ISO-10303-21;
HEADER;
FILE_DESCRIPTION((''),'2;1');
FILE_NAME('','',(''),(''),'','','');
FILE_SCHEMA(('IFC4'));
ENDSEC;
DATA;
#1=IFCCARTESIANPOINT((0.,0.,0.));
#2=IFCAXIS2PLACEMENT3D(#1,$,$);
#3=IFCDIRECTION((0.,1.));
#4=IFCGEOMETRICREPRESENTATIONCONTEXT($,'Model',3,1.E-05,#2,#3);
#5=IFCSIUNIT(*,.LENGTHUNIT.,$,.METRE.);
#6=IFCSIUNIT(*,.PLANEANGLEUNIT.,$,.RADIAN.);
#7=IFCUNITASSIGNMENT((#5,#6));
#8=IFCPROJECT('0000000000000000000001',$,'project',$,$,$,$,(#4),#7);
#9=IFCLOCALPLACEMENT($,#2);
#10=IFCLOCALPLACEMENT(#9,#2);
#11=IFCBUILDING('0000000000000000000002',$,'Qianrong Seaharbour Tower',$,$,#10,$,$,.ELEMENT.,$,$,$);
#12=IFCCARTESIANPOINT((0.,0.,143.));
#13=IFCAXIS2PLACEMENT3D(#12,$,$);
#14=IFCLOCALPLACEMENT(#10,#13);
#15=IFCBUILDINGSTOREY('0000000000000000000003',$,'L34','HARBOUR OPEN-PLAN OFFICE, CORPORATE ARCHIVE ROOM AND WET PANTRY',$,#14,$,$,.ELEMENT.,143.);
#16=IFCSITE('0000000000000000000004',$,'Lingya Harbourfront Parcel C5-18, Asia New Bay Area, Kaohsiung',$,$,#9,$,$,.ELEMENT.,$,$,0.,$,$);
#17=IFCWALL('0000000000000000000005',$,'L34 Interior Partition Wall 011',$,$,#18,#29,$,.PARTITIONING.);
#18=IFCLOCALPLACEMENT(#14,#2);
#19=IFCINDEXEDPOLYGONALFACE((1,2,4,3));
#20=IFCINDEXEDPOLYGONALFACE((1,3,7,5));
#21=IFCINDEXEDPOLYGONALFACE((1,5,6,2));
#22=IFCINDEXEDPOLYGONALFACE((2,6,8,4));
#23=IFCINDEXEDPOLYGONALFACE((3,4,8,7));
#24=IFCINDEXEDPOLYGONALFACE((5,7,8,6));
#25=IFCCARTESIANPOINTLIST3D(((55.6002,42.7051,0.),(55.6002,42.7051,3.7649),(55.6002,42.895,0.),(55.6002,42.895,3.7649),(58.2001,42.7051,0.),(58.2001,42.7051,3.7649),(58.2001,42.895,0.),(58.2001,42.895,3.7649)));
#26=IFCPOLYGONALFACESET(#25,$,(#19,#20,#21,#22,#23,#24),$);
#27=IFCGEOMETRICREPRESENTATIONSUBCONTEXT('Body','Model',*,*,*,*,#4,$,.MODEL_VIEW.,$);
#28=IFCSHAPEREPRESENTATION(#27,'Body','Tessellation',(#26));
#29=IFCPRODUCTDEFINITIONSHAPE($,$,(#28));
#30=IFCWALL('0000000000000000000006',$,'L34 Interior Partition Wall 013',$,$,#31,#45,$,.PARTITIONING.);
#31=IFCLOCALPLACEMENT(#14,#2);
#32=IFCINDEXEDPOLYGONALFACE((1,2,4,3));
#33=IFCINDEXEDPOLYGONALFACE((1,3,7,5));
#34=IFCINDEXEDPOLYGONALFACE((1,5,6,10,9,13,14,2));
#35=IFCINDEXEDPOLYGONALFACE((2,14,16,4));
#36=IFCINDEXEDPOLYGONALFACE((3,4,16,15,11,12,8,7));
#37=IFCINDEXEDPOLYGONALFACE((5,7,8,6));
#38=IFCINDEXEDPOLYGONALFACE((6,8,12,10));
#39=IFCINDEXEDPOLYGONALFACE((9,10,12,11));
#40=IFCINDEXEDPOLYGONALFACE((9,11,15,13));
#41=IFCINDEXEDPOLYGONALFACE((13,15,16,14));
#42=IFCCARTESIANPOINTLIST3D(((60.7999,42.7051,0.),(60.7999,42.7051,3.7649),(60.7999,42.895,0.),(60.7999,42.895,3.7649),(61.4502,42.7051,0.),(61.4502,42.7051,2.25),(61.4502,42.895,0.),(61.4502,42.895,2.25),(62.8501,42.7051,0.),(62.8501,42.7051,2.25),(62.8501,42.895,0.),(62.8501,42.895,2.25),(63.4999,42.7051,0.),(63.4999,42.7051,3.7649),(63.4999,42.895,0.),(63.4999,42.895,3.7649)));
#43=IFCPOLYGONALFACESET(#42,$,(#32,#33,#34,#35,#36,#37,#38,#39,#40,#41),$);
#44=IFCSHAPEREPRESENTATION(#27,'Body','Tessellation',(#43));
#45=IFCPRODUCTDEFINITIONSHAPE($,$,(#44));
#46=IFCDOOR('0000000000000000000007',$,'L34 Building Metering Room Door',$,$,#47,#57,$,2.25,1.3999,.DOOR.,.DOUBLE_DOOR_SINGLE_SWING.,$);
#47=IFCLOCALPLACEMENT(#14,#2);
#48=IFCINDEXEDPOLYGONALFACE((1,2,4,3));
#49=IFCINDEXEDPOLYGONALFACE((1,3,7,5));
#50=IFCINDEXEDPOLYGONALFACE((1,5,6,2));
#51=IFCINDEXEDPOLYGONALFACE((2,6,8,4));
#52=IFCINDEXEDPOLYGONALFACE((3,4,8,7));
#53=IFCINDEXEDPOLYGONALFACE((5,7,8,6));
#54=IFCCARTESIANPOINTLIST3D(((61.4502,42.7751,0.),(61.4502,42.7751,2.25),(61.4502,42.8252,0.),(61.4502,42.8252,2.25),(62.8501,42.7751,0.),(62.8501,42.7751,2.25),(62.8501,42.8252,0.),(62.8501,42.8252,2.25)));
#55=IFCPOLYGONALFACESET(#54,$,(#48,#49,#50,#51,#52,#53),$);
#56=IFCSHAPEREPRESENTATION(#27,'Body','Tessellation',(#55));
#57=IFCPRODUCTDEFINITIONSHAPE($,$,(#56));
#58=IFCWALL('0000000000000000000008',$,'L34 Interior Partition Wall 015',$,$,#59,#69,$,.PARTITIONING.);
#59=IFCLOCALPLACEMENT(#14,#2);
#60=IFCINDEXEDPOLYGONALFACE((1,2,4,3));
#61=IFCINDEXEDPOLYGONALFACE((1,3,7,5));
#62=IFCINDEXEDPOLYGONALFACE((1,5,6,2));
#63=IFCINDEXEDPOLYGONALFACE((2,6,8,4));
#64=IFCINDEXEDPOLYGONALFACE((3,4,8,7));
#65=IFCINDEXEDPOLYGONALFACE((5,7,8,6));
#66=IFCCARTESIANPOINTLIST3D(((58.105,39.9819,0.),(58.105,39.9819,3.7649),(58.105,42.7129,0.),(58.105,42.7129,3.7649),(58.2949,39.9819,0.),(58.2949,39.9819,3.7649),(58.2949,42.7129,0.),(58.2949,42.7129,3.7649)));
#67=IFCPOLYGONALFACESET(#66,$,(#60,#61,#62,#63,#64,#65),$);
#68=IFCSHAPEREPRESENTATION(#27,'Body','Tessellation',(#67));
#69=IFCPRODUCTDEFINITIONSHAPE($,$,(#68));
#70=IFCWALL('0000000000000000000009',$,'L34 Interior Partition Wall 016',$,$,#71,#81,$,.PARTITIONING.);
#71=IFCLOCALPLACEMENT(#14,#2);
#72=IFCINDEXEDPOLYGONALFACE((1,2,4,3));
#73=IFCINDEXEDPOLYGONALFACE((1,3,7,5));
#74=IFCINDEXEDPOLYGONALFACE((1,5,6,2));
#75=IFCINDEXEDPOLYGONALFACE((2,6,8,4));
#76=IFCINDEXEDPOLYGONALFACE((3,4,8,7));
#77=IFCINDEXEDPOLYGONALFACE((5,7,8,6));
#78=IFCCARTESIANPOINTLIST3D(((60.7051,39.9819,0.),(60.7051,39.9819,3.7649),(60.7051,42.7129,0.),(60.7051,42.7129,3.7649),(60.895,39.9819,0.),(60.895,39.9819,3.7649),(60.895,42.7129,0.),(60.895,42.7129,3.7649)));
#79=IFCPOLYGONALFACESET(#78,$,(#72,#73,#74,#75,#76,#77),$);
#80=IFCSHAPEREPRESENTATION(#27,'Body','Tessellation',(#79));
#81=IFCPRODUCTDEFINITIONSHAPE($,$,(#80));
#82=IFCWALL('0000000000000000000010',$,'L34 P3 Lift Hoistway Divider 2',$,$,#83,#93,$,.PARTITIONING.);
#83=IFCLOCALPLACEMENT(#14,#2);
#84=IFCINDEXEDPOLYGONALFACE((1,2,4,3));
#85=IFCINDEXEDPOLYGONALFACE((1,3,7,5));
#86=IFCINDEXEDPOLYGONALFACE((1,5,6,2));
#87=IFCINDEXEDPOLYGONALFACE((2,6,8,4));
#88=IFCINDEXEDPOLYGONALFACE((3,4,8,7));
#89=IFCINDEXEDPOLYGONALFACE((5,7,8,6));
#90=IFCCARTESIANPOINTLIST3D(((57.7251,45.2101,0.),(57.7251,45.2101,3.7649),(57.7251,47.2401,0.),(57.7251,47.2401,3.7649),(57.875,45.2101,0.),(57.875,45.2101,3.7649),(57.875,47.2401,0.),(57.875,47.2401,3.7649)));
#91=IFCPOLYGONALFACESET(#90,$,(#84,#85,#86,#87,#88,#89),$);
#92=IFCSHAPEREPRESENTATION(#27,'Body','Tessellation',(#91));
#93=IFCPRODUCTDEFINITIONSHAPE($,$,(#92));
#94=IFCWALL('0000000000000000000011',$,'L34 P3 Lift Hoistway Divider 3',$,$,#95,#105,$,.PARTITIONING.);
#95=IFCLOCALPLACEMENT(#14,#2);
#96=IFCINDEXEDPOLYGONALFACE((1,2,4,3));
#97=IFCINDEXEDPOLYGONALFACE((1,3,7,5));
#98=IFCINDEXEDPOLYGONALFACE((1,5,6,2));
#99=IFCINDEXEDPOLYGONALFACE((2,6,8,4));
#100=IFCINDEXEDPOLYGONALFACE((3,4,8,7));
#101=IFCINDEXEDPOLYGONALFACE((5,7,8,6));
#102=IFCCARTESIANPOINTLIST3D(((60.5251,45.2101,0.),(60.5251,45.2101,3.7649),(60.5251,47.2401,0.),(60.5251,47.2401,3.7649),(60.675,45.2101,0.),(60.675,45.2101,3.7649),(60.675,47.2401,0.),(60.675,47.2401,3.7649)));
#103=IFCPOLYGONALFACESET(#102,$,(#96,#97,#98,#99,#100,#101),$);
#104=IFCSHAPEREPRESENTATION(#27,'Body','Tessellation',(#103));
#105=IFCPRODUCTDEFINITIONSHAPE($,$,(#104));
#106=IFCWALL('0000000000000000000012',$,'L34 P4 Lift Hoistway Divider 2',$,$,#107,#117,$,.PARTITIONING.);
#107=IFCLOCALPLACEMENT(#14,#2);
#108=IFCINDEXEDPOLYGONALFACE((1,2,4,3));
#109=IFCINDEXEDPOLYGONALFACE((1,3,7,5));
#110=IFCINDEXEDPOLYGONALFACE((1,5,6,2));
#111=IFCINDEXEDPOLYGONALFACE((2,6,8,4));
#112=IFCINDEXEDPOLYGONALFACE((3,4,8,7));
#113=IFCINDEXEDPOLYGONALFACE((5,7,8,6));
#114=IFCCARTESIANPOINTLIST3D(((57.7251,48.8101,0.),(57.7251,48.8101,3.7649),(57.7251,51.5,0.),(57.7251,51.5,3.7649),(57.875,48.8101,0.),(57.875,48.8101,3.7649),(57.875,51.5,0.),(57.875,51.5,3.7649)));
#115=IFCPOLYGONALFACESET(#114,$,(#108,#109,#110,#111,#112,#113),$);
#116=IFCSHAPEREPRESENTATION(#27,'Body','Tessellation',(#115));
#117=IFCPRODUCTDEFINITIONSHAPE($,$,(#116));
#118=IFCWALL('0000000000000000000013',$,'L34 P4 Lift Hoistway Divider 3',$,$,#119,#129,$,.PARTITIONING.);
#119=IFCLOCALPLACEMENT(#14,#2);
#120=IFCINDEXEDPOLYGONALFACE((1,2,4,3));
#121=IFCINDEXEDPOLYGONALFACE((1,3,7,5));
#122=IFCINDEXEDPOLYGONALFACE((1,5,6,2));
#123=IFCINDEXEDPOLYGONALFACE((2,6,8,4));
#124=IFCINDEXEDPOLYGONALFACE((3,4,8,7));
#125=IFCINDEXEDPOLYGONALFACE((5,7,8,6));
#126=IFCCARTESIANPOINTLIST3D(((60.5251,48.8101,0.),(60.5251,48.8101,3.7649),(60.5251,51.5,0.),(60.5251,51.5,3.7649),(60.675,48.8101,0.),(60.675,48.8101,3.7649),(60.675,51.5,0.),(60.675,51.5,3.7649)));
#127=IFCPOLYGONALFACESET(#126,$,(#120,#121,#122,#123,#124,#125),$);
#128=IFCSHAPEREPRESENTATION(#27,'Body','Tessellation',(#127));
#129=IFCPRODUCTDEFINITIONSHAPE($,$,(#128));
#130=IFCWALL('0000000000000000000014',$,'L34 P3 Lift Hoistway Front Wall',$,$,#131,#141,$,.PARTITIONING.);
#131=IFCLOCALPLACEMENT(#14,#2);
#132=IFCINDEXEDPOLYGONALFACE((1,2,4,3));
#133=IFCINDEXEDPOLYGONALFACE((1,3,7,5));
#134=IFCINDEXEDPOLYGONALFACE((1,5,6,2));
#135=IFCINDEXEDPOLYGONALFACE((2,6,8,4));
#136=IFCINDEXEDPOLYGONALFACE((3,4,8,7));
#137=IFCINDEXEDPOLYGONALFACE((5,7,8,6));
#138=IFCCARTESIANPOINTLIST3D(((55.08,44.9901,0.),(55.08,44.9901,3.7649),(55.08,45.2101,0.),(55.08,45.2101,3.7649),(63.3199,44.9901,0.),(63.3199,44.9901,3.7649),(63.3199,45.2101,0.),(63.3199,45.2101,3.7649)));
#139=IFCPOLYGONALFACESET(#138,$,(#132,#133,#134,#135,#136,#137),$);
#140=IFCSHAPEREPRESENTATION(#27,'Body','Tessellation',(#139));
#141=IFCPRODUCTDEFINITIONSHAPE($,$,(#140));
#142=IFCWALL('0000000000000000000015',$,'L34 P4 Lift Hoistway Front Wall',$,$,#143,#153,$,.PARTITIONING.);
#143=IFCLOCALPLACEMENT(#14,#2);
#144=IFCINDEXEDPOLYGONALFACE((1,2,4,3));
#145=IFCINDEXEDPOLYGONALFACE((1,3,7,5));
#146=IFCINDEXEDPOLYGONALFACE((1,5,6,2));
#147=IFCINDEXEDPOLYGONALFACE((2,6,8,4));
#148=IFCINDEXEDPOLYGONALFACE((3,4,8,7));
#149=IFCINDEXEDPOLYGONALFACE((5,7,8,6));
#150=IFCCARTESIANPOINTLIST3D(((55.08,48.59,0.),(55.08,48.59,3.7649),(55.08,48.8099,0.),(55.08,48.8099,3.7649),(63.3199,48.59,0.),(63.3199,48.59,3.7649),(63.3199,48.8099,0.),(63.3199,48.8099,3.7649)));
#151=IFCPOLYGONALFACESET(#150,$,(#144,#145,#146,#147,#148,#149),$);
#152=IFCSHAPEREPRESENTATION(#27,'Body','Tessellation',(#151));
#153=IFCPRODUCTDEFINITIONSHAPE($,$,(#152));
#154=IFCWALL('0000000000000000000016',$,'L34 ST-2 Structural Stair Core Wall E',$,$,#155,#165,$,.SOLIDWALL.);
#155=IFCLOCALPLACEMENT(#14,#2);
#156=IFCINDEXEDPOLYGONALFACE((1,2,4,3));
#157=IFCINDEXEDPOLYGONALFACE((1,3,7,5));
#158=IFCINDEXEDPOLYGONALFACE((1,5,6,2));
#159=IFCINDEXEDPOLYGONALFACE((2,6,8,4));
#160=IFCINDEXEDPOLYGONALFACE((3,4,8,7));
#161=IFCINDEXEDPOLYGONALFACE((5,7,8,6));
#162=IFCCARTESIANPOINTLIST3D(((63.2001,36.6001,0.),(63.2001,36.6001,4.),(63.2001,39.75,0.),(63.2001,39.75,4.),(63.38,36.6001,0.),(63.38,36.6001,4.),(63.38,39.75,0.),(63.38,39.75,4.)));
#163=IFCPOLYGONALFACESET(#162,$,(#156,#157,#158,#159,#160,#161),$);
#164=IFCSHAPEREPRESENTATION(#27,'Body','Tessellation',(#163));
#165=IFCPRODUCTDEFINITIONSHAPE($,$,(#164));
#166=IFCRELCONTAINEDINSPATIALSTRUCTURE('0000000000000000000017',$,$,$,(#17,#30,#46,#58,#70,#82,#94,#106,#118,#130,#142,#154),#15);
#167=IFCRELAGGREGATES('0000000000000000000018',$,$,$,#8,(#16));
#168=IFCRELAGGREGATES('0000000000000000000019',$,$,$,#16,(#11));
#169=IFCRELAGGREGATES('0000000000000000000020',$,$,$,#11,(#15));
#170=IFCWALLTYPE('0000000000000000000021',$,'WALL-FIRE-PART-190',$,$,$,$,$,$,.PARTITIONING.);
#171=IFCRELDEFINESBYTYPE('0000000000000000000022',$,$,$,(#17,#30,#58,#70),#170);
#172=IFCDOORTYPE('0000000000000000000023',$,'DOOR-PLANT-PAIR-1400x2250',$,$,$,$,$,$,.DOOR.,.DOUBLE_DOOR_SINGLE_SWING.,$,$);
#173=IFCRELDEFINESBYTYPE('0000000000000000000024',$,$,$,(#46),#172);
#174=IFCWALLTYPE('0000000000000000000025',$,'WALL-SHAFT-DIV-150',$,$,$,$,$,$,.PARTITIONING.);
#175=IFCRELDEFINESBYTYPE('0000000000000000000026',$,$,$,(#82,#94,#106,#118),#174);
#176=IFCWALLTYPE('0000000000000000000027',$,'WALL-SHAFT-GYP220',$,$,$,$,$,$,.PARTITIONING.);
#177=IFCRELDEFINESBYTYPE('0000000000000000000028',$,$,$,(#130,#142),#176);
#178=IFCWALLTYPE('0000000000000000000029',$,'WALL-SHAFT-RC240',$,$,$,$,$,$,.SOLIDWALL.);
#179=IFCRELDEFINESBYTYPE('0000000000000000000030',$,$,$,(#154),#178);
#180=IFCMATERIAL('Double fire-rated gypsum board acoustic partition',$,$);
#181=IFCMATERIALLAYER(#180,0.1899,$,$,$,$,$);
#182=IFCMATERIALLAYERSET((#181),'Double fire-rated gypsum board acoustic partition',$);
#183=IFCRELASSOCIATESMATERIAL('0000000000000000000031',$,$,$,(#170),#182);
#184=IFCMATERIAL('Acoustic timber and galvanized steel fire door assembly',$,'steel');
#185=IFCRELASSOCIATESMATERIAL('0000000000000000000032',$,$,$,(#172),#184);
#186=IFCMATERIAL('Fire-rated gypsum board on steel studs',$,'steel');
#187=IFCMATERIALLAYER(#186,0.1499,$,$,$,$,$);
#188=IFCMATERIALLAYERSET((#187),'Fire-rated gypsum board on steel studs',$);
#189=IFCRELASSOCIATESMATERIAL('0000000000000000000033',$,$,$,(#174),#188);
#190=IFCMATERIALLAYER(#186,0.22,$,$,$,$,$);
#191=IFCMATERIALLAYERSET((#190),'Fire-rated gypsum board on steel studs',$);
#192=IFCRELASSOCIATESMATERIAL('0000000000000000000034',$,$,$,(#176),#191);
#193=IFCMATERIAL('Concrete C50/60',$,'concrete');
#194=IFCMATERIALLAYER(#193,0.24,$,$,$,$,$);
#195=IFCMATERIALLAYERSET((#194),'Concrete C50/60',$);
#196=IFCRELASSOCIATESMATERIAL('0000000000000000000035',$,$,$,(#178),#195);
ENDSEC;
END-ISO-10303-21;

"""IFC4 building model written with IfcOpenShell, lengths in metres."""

from ifc_helpers import new_model, si_unit, direction, frame, frame_2d, origin, place, context, subcontext, project, spatial, rectangle, extrude, material, layer, layer_set, type_object, element, fill, save


model = new_model("IFC4")

# Units and contexts
model_context = context("Model", 3, precision=1e-05, world=origin(), true_north=direction((0.0, 1.0)))
body_context = subcontext(model_context, "Body", "Model", "MODEL_VIEW")
ifc_project = project(units=[si_unit("LENGTHUNIT", "METRE"), si_unit("PLANEANGLEUNIT", "RADIAN")], contexts=[model_context])

# Site, building, storey
site_placement = place(None, origin())
site = spatial("IfcSite", under=ifc_project, at=site_placement, Name="Lingya Harbourfront Parcel C5-18, Asia New Bay Area, Kaohsiung", CompositionType="ELEMENT", RefElevation=0.0)
building_placement = place(site_placement, origin())
building = spatial("IfcBuilding", under=site, at=building_placement, Name="Qianrong Seaharbour Tower", CompositionType="ELEMENT")
storey_placement = place(building_placement, frame((0.0, 0.0, 143.0)))
storey = spatial("IfcBuildingStorey", under=building, at=storey_placement, Name="L34", Description="HARBOUR OPEN-PLAN OFFICE, CORPORATE ARCHIVE ROOM AND WET PANTRY", CompositionType="ELEMENT", Elevation=143.0)

# Shared definitions
ifc_material_1 = material(Name="Acoustic timber and galvanized steel fire door assembly", Category="steel")

# Shared definitions
ifc_material_2 = material(Name="Double fire-rated gypsum board acoustic partition")
ifc_layer_1 = layer(ifc_material_2, 0.1899)
ifc_layer_set_1 = layer_set([ifc_layer_1], Name="Double fire-rated gypsum board acoustic partition")
wall_type_1 = type_object("IfcWallType", Name="WALL-FIRE-PART-190", PredefinedType="PARTITIONING", material=ifc_layer_set_1)
door_type_1 = type_object("IfcDoorType", Name="DOOR-PLANT-PAIR-1400x2250", OperationType="DOUBLE_DOOR_SINGLE_SWING", PredefinedType="DOOR", material=ifc_material_1)

# Wall
wall_1_placement = place(storey_placement, frame((58.2, 42.8, 0.0), z_axis=(0.0, 0.0, 1.0), x_axis=(-1.0, 0.0, 0.0)))
element("IfcWall", 1, at=wall_1_placement, inside=storey, type_object=wall_type_1, Name="L34 Interior Partition Wall 011", PredefinedType="PARTITIONING", context=body_context, shape_type="SweptSolid", body=[
    extrude(rectangle(XDim=2.5999, YDim=0.1899, at=frame_2d((1.2998, 0.0))), origin(), (0.0, 0.0, 1.0), 3.7649),
])

# Wall, opening, door
wall_2_placement = place(storey_placement, frame((63.5, 42.8, 0.0), z_axis=(0.0, 0.0, 1.0), x_axis=(-1.0, 0.0, 0.0)))
wall_2 = element("IfcWall", 2, at=wall_2_placement, inside=storey, type_object=wall_type_1, Name="L34 Interior Partition Wall 013", PredefinedType="PARTITIONING", context=body_context, shape_type="SweptSolid", body=[
    extrude(rectangle(XDim=2.7, YDim=0.1899, at=frame_2d((1.3501, 0.0))), origin(), (0.0, 0.0, 1.0), 3.7649),
])
opening_1_placement = place(wall_2_placement, frame((0.6499, 0.0, 0.0)))
opening_1 = element("IfcOpeningElement", 3, at=opening_1_placement, cuts=wall_2, PredefinedType="OPENING", context=body_context, shape_type="SweptSolid", body=[
    extrude(rectangle(XDim=1.3999, YDim=2.25, at=frame_2d((0.7, 1.125))), frame((0.0, 0.105, 0.0), z_axis=(0.0, -1.0, 0.0), x_axis=(1.0, 0.0, 0.0)), (0.0, 0.0, 1.0), 0.21),
])
door_1_placement = place(opening_1_placement, origin())
door_1 = element("IfcDoor", 4, at=door_1_placement, inside=storey, type_object=door_type_1, Name="L34 Building Metering Room Door", OperationType="DOUBLE_DOOR_SINGLE_SWING", OverallHeight=2.25, OverallWidth=1.3999, PredefinedType="DOOR", context=body_context, shape_type="SweptSolid", body=[
    extrude(rectangle(XDim=1.3999, YDim=2.25, at=frame_2d((0.7, 1.125))), frame((0.0, 0.0249, 0.0), z_axis=(0.0, -1.0, 0.0), x_axis=(1.0, 0.0, 0.0)), (0.0, 0.0, 1.0), 0.05),
])
fill(opening_1, door_1)

# Walls
for number, where, z_axis, x_axis, name in (
    (5, (58.2, 42.7129, 0.0), (0.0, 0.0, 1.0), (0.0, -1.0, 0.0), "L34 Interior Partition Wall 015"),
    (6, (60.8, 42.7129, 0.0), (0.0, 0.0, 1.0), (0.0, -1.0, 0.0), "L34 Interior Partition Wall 016"),
):
    element("IfcWall", number, at=place(storey_placement, frame(where, z_axis=z_axis, x_axis=x_axis)), inside=storey, type_object=wall_type_1, Name=name, PredefinedType="PARTITIONING", context=body_context, shape_type="SweptSolid", body=[
        extrude(rectangle(XDim=2.731, YDim=0.1899, at=frame_2d((1.3655, 0.0))), origin(), (0.0, 0.0, 1.0), 3.7649),
    ])
ifc_material_3 = material(Name="Fire-rated gypsum board on steel studs", Category="steel")
ifc_layer_2 = layer(ifc_material_3, 0.1499)
ifc_layer_set_2 = layer_set([ifc_layer_2], Name="Fire-rated gypsum board on steel studs")
wall_type_2 = type_object("IfcWallType", Name="WALL-SHAFT-DIV-150", PredefinedType="PARTITIONING", material=ifc_layer_set_2)
for number, where, z_axis, x_axis, name in (
    (7, (57.8, 45.21, 0.0), (0.0, 0.0, 1.0), (0.0, 1.0, 0.0), "L34 P3 Lift Hoistway Divider 2"),
    (8, (60.6001, 45.21, 0.0), (0.0, 0.0, 1.0), (0.0, 1.0, 0.0), "L34 P3 Lift Hoistway Divider 3"),
):
    element("IfcWall", number, at=place(storey_placement, frame(where, z_axis=z_axis, x_axis=x_axis)), inside=storey, type_object=wall_type_2, Name=name, PredefinedType="PARTITIONING", context=body_context, shape_type="SweptSolid", body=[
        extrude(rectangle(XDim=2.03, YDim=0.1499, at=frame_2d((1.0151, 0.0))), origin(), (0.0, 0.0, 1.0), 3.7649),
    ])
for number, where, z_axis, x_axis, name in (
    (9, (57.8, 48.8101, 0.0), (0.0, 0.0, 1.0), (0.0, 1.0, 0.0), "L34 P4 Lift Hoistway Divider 2"),
    (10, (60.6001, 48.8101, 0.0), (0.0, 0.0, 1.0), (0.0, 1.0, 0.0), "L34 P4 Lift Hoistway Divider 3"),
):
    element("IfcWall", number, at=place(storey_placement, frame(where, z_axis=z_axis, x_axis=x_axis)), inside=storey, type_object=wall_type_2, Name=name, PredefinedType="PARTITIONING", context=body_context, shape_type="SweptSolid", body=[
        extrude(rectangle(XDim=2.6899, YDim=0.1499, at=frame_2d((1.345, 0.0))), origin(), (0.0, 0.0, 1.0), 3.7649),
    ])
ifc_layer_3 = layer(ifc_material_3, 0.22)
ifc_layer_set_3 = layer_set([ifc_layer_3], Name="Fire-rated gypsum board on steel studs")
wall_type_3 = type_object("IfcWallType", Name="WALL-SHAFT-GYP220", PredefinedType="PARTITIONING", material=ifc_layer_set_3)
for number, where, z_axis, x_axis, name in (
    (11, (63.3201, 45.1001, 0.0), (0.0, 0.0, 1.0), (-1.0, 0.0, 0.0), "L34 P3 Lift Hoistway Front Wall"),
    (12, (63.3201, 48.7, 0.0), (0.0, 0.0, 1.0), (-1.0, 0.0, 0.0), "L34 P4 Lift Hoistway Front Wall"),
):
    element("IfcWall", number, at=place(storey_placement, frame(where, z_axis=z_axis, x_axis=x_axis)), inside=storey, type_object=wall_type_3, Name=name, PredefinedType="PARTITIONING", context=body_context, shape_type="SweptSolid", body=[
        extrude(rectangle(XDim=8.24, YDim=0.22, at=frame_2d((4.1201, 0.0))), origin(), (0.0, 0.0, 1.0), 3.7649),
    ])
ifc_material_4 = material(Name="Concrete C50/60", Category="concrete")
ifc_layer_4 = layer(ifc_material_4, 0.24)
ifc_layer_set_4 = layer_set([ifc_layer_4], Name="Concrete C50/60")
wall_type_4 = type_object("IfcWallType", Name="WALL-SHAFT-RC240", PredefinedType="SOLIDWALL", material=ifc_layer_set_4)
wall_3_placement = place(storey_placement, frame((63.29, 36.6001, 0.0), z_axis=(0.0, 0.0, 1.0), x_axis=(0.0, 1.0, 0.0)))
element("IfcWall", 13, at=wall_3_placement, inside=storey, type_object=wall_type_4, Name="L34 ST-2 Structural Stair Core Wall E", PredefinedType="SOLIDWALL", context=body_context, shape_type="SweptSolid", body=[
    extrude(rectangle(XDim=3.1499, YDim=0.1799, at=frame_2d((1.575, 0.0))), origin(), (0.0, 0.0, 1.0), 4.0),
])

save(model, "model.ifc")
